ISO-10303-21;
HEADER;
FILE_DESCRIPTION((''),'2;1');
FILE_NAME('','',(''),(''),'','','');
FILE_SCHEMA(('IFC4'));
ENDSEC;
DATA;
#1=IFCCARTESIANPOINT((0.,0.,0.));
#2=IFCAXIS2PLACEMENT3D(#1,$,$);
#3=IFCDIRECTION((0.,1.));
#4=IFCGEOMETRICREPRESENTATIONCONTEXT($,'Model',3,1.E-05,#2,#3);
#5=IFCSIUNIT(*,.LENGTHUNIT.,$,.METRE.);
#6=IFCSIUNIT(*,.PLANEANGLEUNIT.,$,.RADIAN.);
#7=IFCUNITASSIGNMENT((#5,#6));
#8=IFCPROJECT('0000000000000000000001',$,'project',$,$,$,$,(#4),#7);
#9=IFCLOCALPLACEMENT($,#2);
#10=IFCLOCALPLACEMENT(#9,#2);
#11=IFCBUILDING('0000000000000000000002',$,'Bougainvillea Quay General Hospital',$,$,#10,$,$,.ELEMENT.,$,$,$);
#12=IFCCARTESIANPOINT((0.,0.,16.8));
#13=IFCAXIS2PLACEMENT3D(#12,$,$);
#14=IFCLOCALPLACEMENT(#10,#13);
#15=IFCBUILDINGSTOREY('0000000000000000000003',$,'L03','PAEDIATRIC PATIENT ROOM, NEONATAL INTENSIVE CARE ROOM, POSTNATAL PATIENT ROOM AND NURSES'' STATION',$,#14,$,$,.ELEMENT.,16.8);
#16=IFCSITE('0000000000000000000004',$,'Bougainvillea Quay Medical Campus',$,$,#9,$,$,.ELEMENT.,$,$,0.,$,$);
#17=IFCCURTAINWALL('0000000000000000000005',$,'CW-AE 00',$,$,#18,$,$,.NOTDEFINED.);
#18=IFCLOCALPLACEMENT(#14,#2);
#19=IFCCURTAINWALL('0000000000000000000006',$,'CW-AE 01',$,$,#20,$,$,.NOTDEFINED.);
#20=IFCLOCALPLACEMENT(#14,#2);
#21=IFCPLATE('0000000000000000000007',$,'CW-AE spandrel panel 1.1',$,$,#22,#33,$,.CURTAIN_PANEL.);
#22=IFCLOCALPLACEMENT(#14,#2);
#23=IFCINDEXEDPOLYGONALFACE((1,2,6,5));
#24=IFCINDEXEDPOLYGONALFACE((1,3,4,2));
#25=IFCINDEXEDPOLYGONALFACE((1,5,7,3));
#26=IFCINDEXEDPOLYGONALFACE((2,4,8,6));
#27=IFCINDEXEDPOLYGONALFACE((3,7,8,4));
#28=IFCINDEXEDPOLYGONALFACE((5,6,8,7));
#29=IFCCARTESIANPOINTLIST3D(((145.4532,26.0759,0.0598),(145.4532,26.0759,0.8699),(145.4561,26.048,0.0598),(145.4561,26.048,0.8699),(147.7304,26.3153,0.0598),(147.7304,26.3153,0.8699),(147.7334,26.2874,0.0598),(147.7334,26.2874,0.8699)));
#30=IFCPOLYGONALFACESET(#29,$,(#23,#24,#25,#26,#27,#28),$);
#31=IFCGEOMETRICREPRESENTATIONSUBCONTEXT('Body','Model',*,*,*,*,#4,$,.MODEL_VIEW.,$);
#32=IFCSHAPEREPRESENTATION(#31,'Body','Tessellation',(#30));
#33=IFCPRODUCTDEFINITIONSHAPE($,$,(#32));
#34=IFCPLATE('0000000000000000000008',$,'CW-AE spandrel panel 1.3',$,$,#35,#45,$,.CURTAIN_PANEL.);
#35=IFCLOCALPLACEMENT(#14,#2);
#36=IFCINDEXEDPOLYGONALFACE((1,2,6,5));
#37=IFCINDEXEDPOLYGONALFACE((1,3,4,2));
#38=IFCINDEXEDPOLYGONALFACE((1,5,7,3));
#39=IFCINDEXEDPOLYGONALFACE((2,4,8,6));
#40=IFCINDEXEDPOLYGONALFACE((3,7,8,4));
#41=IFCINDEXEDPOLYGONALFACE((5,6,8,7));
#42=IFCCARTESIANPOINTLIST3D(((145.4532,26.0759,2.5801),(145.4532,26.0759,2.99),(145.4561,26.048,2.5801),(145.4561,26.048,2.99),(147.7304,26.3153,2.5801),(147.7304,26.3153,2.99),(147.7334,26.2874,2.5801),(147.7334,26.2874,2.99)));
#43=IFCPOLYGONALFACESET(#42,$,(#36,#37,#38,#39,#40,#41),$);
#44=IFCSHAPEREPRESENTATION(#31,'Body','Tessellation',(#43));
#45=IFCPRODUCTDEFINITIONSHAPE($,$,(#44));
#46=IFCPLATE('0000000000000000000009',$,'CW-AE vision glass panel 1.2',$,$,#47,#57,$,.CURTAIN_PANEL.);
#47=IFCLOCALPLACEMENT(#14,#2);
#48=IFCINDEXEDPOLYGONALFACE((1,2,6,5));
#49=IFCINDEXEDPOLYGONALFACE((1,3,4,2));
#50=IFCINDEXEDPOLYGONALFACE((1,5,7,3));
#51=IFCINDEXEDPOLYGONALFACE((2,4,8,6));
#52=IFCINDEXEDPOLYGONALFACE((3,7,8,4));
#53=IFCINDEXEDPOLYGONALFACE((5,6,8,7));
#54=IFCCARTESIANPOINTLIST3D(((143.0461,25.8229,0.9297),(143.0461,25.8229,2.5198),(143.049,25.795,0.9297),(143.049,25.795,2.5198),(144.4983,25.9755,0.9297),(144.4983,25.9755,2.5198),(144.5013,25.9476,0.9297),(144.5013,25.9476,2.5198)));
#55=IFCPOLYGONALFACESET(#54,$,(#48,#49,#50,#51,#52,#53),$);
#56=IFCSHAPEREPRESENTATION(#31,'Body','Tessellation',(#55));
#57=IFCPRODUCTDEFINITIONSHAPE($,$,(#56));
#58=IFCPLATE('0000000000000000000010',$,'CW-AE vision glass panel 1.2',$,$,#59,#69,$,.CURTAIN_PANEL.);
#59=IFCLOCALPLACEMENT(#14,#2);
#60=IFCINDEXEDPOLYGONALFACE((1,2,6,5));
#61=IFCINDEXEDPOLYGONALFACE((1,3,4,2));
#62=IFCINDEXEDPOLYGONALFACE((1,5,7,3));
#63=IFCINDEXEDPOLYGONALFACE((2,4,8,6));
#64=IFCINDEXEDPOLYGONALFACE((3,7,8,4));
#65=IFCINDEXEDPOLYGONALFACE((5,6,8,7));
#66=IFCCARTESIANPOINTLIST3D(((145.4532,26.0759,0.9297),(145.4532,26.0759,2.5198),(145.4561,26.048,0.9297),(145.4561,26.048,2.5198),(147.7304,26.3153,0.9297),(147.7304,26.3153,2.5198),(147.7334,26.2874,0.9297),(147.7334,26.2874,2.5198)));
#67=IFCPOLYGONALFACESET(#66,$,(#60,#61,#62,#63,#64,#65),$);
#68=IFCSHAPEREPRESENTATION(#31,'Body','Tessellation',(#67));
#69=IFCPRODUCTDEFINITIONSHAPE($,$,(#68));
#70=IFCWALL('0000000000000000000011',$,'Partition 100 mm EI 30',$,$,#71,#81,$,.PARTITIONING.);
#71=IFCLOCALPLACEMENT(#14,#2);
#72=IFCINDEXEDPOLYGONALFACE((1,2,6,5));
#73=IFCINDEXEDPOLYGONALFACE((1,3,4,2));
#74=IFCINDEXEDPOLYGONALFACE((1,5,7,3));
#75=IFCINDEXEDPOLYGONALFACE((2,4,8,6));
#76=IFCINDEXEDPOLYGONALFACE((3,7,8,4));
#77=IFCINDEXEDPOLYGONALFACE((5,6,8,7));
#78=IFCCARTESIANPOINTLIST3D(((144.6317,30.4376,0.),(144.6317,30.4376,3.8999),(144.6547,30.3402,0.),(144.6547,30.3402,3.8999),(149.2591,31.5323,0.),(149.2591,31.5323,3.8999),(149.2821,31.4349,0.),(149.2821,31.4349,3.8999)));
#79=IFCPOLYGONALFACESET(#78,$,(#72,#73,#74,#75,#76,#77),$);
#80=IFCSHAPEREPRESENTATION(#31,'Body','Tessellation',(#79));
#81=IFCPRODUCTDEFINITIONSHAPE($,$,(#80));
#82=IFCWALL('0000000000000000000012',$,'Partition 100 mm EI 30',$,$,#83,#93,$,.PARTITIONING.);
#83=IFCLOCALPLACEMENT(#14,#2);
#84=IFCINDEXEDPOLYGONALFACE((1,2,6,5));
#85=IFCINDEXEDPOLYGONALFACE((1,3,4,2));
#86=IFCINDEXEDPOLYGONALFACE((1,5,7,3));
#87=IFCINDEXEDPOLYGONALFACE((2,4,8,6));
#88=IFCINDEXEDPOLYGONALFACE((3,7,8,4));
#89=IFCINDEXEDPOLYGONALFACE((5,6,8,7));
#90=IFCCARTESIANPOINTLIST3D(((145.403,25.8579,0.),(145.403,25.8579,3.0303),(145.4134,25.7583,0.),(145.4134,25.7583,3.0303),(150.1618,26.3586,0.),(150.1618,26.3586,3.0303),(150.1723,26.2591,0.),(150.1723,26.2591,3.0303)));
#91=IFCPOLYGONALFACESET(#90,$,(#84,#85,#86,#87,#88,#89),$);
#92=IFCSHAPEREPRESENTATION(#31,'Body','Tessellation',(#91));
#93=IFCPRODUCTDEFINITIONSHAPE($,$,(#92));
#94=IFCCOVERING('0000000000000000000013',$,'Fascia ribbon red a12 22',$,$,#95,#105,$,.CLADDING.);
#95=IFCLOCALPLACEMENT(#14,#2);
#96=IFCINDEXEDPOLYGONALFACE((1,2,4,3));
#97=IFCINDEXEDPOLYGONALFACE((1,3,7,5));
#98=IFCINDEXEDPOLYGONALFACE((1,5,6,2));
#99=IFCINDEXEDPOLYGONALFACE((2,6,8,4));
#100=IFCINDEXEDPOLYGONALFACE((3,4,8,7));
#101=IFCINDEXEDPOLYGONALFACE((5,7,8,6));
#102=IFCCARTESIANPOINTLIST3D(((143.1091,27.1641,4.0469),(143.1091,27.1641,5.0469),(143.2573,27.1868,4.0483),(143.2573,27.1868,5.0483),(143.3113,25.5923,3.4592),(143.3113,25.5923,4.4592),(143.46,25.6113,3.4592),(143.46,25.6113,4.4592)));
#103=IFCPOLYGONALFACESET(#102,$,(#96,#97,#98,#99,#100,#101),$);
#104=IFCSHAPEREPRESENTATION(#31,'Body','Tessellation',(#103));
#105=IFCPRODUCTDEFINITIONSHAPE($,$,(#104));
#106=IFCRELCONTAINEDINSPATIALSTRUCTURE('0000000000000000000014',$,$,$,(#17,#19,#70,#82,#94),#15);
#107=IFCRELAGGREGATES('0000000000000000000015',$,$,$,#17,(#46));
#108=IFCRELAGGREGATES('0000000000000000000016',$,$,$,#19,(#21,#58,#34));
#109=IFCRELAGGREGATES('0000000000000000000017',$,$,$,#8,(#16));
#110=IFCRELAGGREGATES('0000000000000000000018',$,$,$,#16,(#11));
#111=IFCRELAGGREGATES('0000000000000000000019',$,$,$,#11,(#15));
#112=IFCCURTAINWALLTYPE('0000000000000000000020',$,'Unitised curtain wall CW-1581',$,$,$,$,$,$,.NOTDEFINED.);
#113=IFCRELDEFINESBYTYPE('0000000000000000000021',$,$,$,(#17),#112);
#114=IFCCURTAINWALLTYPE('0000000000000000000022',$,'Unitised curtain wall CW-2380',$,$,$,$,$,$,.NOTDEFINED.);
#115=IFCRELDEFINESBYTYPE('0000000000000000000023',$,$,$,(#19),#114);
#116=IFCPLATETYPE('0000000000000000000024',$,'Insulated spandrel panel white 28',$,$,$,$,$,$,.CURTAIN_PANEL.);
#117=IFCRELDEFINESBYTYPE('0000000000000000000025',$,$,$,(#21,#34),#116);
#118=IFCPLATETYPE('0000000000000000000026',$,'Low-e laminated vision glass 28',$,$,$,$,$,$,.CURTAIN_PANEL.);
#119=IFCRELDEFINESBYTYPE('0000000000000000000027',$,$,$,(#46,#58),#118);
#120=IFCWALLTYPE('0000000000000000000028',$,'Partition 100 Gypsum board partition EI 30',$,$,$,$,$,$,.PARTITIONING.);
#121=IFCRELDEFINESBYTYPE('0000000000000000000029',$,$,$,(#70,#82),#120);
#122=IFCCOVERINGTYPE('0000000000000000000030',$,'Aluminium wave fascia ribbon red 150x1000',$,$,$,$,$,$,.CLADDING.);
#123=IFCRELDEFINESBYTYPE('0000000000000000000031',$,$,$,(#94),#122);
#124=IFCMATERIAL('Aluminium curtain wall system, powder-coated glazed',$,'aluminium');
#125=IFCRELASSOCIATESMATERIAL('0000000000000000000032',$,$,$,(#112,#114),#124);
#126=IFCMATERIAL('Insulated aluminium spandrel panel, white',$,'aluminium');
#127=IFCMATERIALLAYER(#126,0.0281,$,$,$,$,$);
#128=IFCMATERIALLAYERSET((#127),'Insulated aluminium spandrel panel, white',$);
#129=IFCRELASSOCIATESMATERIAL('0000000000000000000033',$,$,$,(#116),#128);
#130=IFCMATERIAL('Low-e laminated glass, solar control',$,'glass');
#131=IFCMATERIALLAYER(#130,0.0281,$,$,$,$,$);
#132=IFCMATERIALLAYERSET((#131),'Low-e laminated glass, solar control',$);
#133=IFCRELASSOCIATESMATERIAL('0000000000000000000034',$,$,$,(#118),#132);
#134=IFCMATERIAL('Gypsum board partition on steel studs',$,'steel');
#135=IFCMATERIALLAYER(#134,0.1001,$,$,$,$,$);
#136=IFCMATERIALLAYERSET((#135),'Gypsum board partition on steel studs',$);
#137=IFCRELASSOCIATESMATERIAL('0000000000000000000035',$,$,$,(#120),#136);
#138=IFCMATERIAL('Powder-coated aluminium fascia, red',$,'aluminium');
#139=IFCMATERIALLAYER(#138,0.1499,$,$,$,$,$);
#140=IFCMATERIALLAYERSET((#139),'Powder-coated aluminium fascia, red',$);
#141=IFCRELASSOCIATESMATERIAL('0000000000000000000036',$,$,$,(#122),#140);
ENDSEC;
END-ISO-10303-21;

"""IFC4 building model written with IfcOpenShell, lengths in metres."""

from ifc_helpers import new_model, si_unit, direction, frame, frame_2d, origin, origin_2d, place, context, subcontext, project, spatial, polyline, rectangle, outline, extrude, material, layer, layer_set, type_object, element, aggregate, save


model = new_model("IFC4")

# Units and contexts
model_context = context("Model", 3, precision=1e-05, world=origin(), true_north=direction((0.0, 1.0)))
body_context = subcontext(model_context, "Body", "Model", "MODEL_VIEW")
ifc_project = project(units=[si_unit("LENGTHUNIT", "METRE"), si_unit("PLANEANGLEUNIT", "RADIAN")], contexts=[model_context])

# Site, building, storey
site_placement = place(None, origin())
site = spatial("IfcSite", under=ifc_project, at=site_placement, Name="Bougainvillea Quay Medical Campus", CompositionType="ELEMENT", RefElevation=0.0)
building_placement = place(site_placement, origin())
building = spatial("IfcBuilding", under=site, at=building_placement, Name="Bougainvillea Quay General Hospital", CompositionType="ELEMENT")
storey_placement = place(building_placement, frame((0.0, 0.0, 16.8)))
storey = spatial("IfcBuildingStorey", under=building, at=storey_placement, Name="L03", Description="PAEDIATRIC PATIENT ROOM, NEONATAL INTENSIVE CARE ROOM, POSTNATAL PATIENT ROOM AND NURSES' STATION", CompositionType="ELEMENT", Elevation=16.8)

# Curtain wall
ifc_material_1 = material(Name="Aluminium curtain wall system, powder-coated glazed", Category="aluminium")
curtain_wall_type_1 = type_object("IfcCurtainWallType", Name="Unitised curtain wall CW-1581", PredefinedType="NOTDEFINED", material=ifc_material_1)
curtain_wall_1_placement = place(storey_placement, origin())
curtain_wall_1 = element("IfcCurtainWall", 1, at=curtain_wall_1_placement, inside=storey, type_object=curtain_wall_type_1, Name="CW-AE 00", PredefinedType="NOTDEFINED")

# Curtain wall
curtain_wall_type_2 = type_object("IfcCurtainWallType", Name="Unitised curtain wall CW-2380", PredefinedType="NOTDEFINED", material=ifc_material_1)
curtain_wall_2_placement = place(storey_placement, origin())
curtain_wall_2 = element("IfcCurtainWall", 2, at=curtain_wall_2_placement, inside=storey, type_object=curtain_wall_type_2, Name="CW-AE 01", PredefinedType="NOTDEFINED")

# Plates
ifc_material_2 = material(Name="Insulated aluminium spandrel panel, white", Category="aluminium")
ifc_layer_1 = layer(ifc_material_2, 0.0281)
ifc_layer_set_1 = layer_set([ifc_layer_1], Name="Insulated aluminium spandrel panel, white")
plate_type_1 = type_object("IfcPlateType", Name="Insulated spandrel panel white 28", PredefinedType="CURTAIN_PANEL", material=ifc_layer_set_1)
plate_1_placement = place(storey_placement, frame((146.5933, 26.1816, 0.0598), z_axis=(0.0, 0.0, 1.0), x_axis=(0.994522, 0.104527, 0.0)))
plate_1 = element("IfcPlate", 3, at=plate_1_placement, type_object=plate_type_1, Name="CW-AE spandrel panel 1.1", PredefinedType="CURTAIN_PANEL", context=body_context, shape_type="SweptSolid", body=[
    extrude(rectangle(XDim=2.2898, YDim=0.0281, at=origin_2d()), origin(), (0.0, 0.0, 1.0), 0.8101),
])
plate_2_placement = place(storey_placement, frame((146.5933, 26.1816, 2.5801), z_axis=(0.0, 0.0, 1.0), x_axis=(0.994522, 0.104527, 0.0)))
plate_2 = element("IfcPlate", 4, at=plate_2_placement, type_object=plate_type_1, Name="CW-AE spandrel panel 1.3", PredefinedType="CURTAIN_PANEL", context=body_context, shape_type="SweptSolid", body=[
    extrude(rectangle(XDim=2.2898, YDim=0.0281, at=origin_2d()), origin(), (0.0, 0.0, 1.0), 0.4099),
])
ifc_material_3 = material(Name="Low-e laminated glass, solar control", Category="glass")
ifc_layer_2 = layer(ifc_material_3, 0.0281)
ifc_layer_set_2 = layer_set([ifc_layer_2], Name="Low-e laminated glass, solar control")
plate_type_2 = type_object("IfcPlateType", Name="Low-e laminated vision glass 28", PredefinedType="CURTAIN_PANEL", material=ifc_layer_set_2)
plate_3_placement = place(storey_placement, frame((143.7737, 25.8853, 0.9297), z_axis=(0.0, 0.0, 1.0), x_axis=(0.994522, 0.104527, 0.0)))
plate_3 = element("IfcPlate", 5, at=plate_3_placement, type_object=plate_type_2, Name="CW-AE vision glass panel 1.2", PredefinedType="CURTAIN_PANEL", context=body_context, shape_type="SweptSolid", body=[
    extrude(rectangle(XDim=1.4602, YDim=0.0281, at=origin_2d()), origin(), (0.0, 0.0, 1.0), 1.5901),
])
aggregate(curtain_wall_1, [plate_3])
plate_4_placement = place(storey_placement, frame((146.5933, 26.1816, 0.9297), z_axis=(0.0, 0.0, 1.0), x_axis=(0.994522, 0.104527, 0.0)))
plate_4 = element("IfcPlate", 6, at=plate_4_placement, type_object=plate_type_2, Name="CW-AE vision glass panel 1.2", PredefinedType="CURTAIN_PANEL", context=body_context, shape_type="SweptSolid", body=[
    extrude(rectangle(XDim=2.2898, YDim=0.0281, at=origin_2d()), origin(), (0.0, 0.0, 1.0), 1.5901),
])
aggregate(curtain_wall_2, [plate_1, plate_4, plate_2])

# Walls
ifc_material_4 = material(Name="Gypsum board partition on steel studs", Category="steel")
ifc_layer_3 = layer(ifc_material_4, 0.1001)
ifc_layer_set_3 = layer_set([ifc_layer_3], Name="Gypsum board partition on steel studs")
wall_type = type_object("IfcWallType", Name="Partition 100 Gypsum board partition EI 30", PredefinedType="PARTITIONING", material=ifc_layer_set_3)
wall_1_placement = place(storey_placement, frame((144.6433, 30.3889, 0.0), z_axis=(0.0, 0.0, 1.0), x_axis=(0.973139, 0.230218, 0.0)))
element("IfcWall", 7, at=wall_1_placement, inside=storey, type_object=wall_type, Name="Partition 100 mm EI 30", PredefinedType="PARTITIONING", context=body_context, shape_type="SweptSolid", body=[
    extrude(rectangle(XDim=4.7551, YDim=0.1001, at=frame_2d((2.3774, 0.0))), origin(), (0.0, 0.0, 1.0), 3.8999),
])
wall_2_placement = place(storey_placement, frame((145.4082, 25.8081, 0.0), z_axis=(0.0, 0.0, 1.0), x_axis=(0.99451, 0.104645, 0.0)))
element("IfcWall", 8, at=wall_2_placement, inside=storey, type_object=wall_type, Name="Partition 100 mm EI 30", PredefinedType="PARTITIONING", context=body_context, shape_type="SweptSolid", body=[
    extrude(rectangle(XDim=4.7852, YDim=0.1001, at=frame_2d((2.3926, 0.0))), origin(), (0.0, 0.0, 1.0), 3.0303),
])

# Covering
ifc_material_5 = material(Name="Powder-coated aluminium fascia, red", Category="aluminium")
ifc_layer_4 = layer(ifc_material_5, 0.1499)
ifc_layer_set_4 = layer_set([ifc_layer_4], Name="Powder-coated aluminium fascia, red")
covering_type = type_object("IfcCoveringType", Name="Aluminium wave fascia ribbon red 150x1000", PredefinedType="CLADDING", material=ifc_layer_set_4)
covering_placement = place(storey_placement, frame((143.1091, 27.1641, 4.0469), z_axis=(0.043879, -0.34493, 0.937602), x_axis=(0.119601, -0.929943, -0.347709)))
element("IfcCovering", 9, at=covering_placement, inside=storey, type_object=covering_type, Name="Fascia ribbon red a12 22", PredefinedType="CLADDING", context=body_context, shape_type="SweptSolid", body=[
    extrude(outline(polyline([(0.0, 0.0), (1.6902, 0.0), (1.6902, 0.1499), (-0.0039, 0.1499), (0.0, 0.0)])), origin(), (-0.347709, 0.000449, 0.937602), 1.0),
])

save(model, "model.ifc")
